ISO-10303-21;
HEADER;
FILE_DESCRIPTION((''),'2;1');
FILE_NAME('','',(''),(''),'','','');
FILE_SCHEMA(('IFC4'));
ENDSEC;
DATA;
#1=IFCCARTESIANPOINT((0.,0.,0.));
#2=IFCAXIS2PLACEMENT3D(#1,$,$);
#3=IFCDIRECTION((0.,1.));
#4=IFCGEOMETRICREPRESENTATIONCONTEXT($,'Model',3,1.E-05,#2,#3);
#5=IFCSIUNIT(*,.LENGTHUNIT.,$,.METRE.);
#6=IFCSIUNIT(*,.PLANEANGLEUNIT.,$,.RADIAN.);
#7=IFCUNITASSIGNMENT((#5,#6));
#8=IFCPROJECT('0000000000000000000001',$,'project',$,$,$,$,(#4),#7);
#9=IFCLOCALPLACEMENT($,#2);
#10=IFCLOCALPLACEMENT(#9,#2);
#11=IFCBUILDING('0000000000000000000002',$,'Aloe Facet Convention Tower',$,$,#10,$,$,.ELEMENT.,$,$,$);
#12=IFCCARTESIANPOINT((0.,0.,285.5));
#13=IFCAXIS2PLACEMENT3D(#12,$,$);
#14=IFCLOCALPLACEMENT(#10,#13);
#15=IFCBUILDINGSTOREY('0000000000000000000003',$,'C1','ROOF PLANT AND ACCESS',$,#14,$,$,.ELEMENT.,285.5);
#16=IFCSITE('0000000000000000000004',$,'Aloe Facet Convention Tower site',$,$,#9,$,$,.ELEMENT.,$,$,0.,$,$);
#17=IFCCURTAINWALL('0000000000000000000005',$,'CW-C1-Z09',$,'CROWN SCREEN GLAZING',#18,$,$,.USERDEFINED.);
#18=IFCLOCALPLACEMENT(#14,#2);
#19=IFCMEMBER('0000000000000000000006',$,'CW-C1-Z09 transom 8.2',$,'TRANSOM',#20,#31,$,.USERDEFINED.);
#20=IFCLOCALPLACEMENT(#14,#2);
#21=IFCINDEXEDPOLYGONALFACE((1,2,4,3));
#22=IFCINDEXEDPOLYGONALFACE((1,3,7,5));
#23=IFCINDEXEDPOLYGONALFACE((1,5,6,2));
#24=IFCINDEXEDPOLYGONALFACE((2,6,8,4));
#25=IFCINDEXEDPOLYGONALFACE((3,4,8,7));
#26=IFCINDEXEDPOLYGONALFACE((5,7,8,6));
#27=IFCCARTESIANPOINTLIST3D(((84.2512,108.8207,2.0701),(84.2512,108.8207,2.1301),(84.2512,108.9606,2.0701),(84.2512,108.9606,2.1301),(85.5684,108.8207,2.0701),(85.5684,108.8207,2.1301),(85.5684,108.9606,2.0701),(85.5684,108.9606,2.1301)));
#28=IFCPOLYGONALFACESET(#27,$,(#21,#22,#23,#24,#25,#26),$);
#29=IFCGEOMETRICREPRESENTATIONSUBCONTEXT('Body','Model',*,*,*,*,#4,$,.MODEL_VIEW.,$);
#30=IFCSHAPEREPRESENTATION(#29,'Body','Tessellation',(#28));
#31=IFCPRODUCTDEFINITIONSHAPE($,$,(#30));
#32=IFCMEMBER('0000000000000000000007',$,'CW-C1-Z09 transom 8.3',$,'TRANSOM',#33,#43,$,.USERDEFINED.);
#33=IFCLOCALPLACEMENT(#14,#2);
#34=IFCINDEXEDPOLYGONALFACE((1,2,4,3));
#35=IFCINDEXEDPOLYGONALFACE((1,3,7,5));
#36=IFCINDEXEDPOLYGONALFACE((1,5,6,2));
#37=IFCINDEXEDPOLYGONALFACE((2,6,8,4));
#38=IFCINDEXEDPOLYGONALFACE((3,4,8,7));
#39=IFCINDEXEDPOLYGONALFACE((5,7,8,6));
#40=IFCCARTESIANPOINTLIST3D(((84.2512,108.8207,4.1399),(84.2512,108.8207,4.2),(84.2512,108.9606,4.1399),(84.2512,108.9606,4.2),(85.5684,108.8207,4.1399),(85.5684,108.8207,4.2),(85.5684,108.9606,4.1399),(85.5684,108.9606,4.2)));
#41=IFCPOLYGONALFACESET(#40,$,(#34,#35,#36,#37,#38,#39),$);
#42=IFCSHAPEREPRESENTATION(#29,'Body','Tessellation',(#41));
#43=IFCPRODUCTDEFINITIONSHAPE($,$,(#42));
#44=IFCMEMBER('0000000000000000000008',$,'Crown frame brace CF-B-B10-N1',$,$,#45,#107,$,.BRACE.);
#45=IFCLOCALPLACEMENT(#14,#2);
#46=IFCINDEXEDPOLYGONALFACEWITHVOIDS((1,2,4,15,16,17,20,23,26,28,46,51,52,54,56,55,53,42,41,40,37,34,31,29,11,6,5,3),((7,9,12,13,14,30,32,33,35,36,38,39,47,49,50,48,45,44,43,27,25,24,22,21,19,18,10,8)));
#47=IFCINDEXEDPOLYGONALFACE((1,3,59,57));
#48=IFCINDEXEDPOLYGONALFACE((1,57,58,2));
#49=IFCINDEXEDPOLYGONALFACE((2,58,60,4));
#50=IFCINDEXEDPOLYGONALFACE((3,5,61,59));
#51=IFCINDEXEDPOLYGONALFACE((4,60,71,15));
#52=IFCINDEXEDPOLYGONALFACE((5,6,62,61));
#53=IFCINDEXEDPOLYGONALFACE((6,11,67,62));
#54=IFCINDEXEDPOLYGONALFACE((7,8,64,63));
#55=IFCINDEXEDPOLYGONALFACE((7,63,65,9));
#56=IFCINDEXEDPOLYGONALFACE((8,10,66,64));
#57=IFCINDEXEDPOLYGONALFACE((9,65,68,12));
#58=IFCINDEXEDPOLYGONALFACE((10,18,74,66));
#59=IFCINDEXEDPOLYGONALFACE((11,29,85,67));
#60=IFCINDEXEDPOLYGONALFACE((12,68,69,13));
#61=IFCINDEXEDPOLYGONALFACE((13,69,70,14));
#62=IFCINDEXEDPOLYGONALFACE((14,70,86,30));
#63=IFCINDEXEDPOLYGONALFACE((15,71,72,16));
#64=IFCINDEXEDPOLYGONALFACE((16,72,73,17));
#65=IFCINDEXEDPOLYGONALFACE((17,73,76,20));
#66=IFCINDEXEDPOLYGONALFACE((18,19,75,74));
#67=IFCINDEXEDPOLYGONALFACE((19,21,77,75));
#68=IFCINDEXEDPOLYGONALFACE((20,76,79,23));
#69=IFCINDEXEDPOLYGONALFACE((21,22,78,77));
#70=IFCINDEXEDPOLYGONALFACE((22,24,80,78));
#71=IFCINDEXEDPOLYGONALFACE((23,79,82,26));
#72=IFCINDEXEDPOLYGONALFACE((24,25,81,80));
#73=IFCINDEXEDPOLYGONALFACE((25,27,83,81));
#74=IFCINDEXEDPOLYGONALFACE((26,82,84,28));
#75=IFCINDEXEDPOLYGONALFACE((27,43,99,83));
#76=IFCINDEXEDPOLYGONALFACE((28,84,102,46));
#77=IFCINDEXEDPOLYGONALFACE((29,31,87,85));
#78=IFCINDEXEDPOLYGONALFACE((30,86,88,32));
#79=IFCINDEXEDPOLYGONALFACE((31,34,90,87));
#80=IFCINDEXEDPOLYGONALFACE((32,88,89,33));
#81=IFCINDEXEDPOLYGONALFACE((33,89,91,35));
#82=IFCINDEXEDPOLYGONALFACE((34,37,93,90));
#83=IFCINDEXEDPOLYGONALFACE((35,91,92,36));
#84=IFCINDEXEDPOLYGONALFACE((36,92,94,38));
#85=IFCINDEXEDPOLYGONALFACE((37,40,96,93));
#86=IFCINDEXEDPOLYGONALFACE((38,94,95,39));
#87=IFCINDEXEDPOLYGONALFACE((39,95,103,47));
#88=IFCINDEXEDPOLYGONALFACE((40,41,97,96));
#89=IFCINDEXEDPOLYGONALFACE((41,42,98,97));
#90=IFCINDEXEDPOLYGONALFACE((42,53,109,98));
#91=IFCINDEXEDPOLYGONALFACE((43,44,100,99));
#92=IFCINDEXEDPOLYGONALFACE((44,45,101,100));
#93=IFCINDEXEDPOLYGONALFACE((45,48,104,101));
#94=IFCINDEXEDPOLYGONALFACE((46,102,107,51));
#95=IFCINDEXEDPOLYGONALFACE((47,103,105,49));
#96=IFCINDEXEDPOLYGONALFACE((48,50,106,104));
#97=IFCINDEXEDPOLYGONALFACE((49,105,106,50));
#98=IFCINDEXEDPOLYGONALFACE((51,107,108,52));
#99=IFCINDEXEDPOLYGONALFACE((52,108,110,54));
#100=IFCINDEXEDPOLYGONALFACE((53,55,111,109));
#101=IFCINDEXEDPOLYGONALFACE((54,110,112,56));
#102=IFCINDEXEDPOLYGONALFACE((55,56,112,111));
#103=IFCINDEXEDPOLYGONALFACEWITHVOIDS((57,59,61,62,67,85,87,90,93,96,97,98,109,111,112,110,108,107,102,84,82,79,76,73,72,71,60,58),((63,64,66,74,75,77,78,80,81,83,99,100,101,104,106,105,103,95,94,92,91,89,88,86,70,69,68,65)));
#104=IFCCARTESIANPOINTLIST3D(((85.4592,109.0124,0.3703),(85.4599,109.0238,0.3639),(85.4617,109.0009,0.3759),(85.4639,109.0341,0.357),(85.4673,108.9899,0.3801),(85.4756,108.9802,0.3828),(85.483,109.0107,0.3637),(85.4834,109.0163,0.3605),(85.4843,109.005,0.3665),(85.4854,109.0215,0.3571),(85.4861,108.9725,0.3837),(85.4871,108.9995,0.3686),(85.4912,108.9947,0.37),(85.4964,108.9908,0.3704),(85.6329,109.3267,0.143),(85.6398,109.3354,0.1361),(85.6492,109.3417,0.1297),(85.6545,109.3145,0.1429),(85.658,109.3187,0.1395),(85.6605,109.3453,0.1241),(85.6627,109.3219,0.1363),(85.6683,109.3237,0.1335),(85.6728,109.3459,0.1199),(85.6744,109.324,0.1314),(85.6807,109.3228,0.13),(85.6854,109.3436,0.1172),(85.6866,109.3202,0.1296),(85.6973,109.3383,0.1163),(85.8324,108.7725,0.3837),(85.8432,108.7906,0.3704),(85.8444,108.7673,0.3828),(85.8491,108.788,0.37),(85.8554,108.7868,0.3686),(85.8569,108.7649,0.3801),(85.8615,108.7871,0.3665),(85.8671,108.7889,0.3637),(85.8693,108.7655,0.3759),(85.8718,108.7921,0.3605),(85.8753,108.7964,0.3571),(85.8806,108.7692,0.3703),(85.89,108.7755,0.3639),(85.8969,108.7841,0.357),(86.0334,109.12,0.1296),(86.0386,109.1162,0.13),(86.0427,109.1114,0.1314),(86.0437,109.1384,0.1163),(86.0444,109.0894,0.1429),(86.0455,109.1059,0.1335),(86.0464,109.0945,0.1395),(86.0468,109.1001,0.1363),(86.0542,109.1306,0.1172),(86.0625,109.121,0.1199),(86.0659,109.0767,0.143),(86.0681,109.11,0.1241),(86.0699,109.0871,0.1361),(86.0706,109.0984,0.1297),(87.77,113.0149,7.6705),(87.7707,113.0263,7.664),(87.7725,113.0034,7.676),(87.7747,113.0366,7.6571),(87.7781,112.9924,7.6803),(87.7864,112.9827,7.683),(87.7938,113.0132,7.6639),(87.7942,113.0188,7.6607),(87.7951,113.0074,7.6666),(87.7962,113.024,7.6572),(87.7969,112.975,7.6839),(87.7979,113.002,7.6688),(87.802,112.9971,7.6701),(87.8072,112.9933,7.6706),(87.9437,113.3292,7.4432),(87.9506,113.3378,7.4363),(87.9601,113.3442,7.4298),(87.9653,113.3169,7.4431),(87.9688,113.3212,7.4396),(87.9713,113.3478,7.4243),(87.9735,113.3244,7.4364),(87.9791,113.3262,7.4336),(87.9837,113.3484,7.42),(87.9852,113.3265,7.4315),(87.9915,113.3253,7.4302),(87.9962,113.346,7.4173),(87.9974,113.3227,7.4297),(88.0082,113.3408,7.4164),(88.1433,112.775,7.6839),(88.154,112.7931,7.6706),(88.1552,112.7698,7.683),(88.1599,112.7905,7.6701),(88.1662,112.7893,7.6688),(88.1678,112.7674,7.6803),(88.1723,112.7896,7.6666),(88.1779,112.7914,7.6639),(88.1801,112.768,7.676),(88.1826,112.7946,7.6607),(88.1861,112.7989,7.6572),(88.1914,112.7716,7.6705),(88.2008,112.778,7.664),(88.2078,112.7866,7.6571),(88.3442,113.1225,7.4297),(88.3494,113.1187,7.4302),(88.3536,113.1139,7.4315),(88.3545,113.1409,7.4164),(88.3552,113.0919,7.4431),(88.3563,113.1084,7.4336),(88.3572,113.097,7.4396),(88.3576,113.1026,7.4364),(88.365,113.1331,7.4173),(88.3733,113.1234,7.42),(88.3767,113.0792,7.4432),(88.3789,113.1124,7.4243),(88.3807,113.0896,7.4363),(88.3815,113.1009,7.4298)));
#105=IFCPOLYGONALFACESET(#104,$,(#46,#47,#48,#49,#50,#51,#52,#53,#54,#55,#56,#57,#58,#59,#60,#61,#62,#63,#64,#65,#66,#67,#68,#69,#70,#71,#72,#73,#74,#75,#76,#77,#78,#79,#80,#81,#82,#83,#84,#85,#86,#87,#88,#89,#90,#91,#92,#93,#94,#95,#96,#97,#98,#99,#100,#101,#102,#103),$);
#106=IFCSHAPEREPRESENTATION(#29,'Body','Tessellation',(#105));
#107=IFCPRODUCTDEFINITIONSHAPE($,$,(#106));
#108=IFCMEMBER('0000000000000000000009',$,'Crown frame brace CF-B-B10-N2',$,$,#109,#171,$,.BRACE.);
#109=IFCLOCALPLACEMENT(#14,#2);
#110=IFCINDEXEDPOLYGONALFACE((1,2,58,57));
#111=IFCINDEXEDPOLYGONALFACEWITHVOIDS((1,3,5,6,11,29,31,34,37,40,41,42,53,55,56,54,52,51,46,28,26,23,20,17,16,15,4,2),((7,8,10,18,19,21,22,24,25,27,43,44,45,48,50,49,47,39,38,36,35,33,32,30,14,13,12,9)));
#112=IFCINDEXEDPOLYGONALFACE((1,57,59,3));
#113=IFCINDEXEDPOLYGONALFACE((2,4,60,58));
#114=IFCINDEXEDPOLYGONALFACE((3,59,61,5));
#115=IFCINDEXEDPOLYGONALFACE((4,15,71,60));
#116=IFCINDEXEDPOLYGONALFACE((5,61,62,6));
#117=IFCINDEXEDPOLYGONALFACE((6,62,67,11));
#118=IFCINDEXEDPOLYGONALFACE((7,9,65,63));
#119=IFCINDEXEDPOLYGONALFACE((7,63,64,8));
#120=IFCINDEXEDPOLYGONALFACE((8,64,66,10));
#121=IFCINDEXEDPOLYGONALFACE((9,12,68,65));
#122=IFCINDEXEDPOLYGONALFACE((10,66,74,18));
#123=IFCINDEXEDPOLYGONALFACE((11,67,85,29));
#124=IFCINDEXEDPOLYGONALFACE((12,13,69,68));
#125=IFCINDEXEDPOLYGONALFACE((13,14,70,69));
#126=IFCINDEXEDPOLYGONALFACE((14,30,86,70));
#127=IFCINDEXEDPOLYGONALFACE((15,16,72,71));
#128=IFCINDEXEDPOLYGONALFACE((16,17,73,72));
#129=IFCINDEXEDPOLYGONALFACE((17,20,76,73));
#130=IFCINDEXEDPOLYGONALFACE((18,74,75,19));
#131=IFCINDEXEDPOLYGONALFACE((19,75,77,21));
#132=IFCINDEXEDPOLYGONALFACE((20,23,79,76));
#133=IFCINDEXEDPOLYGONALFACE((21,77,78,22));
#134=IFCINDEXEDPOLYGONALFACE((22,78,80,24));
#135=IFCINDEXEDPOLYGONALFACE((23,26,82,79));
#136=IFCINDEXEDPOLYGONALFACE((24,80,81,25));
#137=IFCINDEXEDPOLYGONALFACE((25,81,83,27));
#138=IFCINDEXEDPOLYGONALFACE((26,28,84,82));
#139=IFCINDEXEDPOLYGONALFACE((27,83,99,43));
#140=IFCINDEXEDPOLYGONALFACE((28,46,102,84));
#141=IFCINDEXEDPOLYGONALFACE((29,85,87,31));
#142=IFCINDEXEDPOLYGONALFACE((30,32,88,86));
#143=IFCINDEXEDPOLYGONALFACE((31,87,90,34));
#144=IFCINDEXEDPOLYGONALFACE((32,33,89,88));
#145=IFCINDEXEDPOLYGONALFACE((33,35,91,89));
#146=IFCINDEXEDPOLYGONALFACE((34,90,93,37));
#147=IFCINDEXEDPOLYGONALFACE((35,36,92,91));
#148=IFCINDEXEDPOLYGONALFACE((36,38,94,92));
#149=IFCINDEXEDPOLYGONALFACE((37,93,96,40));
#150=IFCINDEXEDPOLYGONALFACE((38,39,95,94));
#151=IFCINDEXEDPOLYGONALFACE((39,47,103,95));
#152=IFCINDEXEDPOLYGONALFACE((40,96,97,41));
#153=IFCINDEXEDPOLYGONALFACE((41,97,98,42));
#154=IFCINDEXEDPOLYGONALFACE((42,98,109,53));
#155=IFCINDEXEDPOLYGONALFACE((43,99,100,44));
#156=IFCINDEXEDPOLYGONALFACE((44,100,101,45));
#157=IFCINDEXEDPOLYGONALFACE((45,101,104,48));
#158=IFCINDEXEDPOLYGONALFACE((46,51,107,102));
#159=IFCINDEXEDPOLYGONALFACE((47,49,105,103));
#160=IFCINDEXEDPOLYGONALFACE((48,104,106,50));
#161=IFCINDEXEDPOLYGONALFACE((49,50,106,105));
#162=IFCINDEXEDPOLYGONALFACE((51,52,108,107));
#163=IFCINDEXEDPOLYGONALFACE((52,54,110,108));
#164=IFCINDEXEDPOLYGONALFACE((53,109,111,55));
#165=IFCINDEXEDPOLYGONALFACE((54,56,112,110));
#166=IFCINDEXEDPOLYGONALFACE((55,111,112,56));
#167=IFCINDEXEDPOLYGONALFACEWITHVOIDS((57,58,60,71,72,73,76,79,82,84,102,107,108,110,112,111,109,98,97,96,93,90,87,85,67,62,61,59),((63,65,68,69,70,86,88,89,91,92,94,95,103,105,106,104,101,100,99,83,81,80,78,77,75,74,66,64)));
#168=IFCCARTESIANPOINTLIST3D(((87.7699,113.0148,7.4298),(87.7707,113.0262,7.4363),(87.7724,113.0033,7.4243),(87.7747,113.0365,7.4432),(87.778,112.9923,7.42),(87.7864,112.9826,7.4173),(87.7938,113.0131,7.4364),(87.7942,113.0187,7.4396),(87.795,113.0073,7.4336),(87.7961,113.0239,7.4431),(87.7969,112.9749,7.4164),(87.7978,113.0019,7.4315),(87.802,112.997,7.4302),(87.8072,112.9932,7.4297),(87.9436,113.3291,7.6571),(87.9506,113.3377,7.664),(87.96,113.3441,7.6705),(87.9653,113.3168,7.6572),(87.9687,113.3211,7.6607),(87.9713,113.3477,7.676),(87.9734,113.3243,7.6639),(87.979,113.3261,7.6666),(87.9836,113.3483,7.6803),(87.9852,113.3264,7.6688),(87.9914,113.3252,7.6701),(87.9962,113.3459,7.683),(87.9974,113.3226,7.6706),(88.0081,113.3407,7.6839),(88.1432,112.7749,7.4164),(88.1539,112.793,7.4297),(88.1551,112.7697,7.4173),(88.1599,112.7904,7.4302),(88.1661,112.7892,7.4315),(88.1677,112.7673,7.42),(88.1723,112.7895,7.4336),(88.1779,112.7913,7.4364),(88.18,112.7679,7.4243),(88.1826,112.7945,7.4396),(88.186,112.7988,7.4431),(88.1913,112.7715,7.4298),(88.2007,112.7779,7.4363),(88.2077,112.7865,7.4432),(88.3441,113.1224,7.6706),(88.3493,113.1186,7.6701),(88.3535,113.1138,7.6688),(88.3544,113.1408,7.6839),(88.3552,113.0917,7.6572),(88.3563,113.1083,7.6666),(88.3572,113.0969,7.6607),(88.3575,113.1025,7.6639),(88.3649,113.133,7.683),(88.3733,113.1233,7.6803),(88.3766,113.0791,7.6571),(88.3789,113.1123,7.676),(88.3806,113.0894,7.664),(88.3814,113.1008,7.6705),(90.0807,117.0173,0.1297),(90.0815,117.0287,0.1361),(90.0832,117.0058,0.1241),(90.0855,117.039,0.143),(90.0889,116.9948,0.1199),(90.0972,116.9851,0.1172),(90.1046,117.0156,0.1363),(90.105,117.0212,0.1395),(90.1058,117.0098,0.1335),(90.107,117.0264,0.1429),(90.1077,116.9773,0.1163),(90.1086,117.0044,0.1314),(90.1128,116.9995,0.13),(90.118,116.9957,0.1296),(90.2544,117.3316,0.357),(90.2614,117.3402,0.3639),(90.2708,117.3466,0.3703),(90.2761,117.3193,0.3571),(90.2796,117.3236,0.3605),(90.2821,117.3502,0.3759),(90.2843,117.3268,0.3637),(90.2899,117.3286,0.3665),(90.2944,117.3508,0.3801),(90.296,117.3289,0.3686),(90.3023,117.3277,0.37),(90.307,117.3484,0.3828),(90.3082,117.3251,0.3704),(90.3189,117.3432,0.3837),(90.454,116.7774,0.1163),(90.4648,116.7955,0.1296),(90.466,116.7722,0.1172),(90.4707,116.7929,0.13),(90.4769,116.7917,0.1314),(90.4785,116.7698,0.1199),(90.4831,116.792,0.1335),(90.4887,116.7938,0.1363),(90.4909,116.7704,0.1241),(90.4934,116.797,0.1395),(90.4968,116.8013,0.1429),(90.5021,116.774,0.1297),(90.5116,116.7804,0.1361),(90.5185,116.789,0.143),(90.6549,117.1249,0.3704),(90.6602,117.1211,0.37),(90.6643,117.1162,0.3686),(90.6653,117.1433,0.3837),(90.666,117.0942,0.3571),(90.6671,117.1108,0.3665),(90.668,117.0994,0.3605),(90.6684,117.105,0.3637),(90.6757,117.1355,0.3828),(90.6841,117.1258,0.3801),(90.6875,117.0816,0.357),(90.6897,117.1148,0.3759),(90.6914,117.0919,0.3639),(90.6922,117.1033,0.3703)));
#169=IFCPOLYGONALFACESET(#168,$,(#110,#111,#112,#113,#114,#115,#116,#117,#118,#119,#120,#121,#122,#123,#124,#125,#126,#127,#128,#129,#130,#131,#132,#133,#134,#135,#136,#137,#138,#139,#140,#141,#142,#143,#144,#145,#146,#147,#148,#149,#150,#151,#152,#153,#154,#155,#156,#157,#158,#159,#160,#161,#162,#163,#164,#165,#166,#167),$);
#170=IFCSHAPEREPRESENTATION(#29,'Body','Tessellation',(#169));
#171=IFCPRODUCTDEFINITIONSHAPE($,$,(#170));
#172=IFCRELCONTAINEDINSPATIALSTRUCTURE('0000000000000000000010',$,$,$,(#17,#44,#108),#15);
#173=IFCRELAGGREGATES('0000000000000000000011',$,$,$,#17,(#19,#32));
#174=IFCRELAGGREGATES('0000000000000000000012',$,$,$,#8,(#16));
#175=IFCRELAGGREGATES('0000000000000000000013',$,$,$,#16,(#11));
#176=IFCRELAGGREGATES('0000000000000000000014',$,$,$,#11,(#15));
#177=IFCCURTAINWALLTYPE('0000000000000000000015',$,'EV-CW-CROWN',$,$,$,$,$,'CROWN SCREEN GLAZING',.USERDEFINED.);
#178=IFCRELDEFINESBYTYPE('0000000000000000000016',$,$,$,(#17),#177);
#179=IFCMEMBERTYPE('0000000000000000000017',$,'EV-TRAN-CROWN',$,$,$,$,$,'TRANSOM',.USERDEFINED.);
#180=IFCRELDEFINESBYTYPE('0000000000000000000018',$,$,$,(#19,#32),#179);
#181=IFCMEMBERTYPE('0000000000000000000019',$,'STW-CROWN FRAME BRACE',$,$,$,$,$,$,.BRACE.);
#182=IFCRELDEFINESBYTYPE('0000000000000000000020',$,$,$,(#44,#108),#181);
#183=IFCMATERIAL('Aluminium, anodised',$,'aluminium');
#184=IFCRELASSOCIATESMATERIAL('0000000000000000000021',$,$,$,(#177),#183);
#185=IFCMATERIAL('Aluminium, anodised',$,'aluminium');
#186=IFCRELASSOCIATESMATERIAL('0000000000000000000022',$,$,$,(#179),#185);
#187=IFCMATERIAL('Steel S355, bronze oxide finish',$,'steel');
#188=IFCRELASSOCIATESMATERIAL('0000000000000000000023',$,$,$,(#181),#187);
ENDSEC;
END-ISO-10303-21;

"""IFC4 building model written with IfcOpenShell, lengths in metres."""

from ifc_helpers import new_model, si_unit, direction, frame, origin, origin_2d, place, context, subcontext, project, spatial, rectangle, hollow_rectangle, extrude, material, material_profile, profile_set, type_object, element, aggregate, save


model = new_model("IFC4")

# Units and contexts
model_context = context("Model", 3, precision=1e-05, world=origin(), true_north=direction((0.0, 1.0)))
body_context = subcontext(model_context, "Body", "Model", "MODEL_VIEW")
ifc_project = project(units=[si_unit("LENGTHUNIT", "METRE"), si_unit("PLANEANGLEUNIT", "RADIAN")], contexts=[model_context])

# Site, building, storey
site_placement = place(None, origin())
site = spatial("IfcSite", under=ifc_project, at=site_placement, Name="Aloe Facet Convention Tower site", CompositionType="ELEMENT", RefElevation=0.0)
building_placement = place(site_placement, origin())
building = spatial("IfcBuilding", under=site, at=building_placement, Name="Aloe Facet Convention Tower", CompositionType="ELEMENT")
storey_placement = place(building_placement, frame((0.0, 0.0, 285.5)))
storey = spatial("IfcBuildingStorey", under=building, at=storey_placement, Name="C1", Description="ROOF PLANT AND ACCESS", CompositionType="ELEMENT", Elevation=285.5)

# Curtain wall, members
ifc_material_1 = material(Name="Aluminium, anodised", Category="aluminium")
curtain_wall_type = type_object("IfcCurtainWallType", Name="EV-CW-CROWN", ElementType="CROWN SCREEN GLAZING", PredefinedType="USERDEFINED", material=ifc_material_1)
curtain_wall_placement = place(storey_placement, origin())
curtain_wall = element("IfcCurtainWall", 1, at=curtain_wall_placement, inside=storey, type_object=curtain_wall_type, Name="CW-C1-Z09", ObjectType="CROWN SCREEN GLAZING", PredefinedType="USERDEFINED")
ifc_material_2 = material(Name="Aluminium, anodised", Category="aluminium")
ifc_material_profile_1 = material_profile(ifc_material_2, rectangle(XDim=0.1399, YDim=0.0601, at=origin_2d()), Name="AL 140x60")
ifc_profile_set_1 = profile_set([ifc_material_profile_1], Name="Aluminium, anodised")
member_type_1 = type_object("IfcMemberType", Name="EV-TRAN-CROWN", ElementType="TRANSOM", PredefinedType="USERDEFINED", material=ifc_profile_set_1)
member_1_placement = place(storey_placement, frame((84.2512, 108.8906, 2.1001), z_axis=(1.0, 0.0, 0.0), x_axis=(0.0, 1.0, 0.0)))
member_1 = element("IfcMember", 2, at=member_1_placement, type_object=member_type_1, Name="CW-C1-Z09 transom 8.2", ObjectType="TRANSOM", PredefinedType="USERDEFINED", context=body_context, shape_type="SweptSolid", body=[
    extrude(rectangle(XDim=0.1399, YDim=0.0601, at=origin_2d()), origin(), (0.0, 0.0, 1.0), 1.3171),
])
member_2_placement = place(storey_placement, frame((84.2512, 108.8906, 4.1699), z_axis=(1.0, 0.0, 0.0), x_axis=(0.0, 1.0, 0.0)))
member_2 = element("IfcMember", 3, at=member_2_placement, type_object=member_type_1, Name="CW-C1-Z09 transom 8.3", ObjectType="TRANSOM", PredefinedType="USERDEFINED", context=body_context, shape_type="SweptSolid", body=[
    extrude(rectangle(XDim=0.1399, YDim=0.0601, at=origin_2d()), origin(), (0.0, 0.0, 1.0), 1.3171),
])

# Members
ifc_material_3 = material(Name="Steel S355, bronze oxide finish", Category="steel")
ifc_material_profile_2 = material_profile(ifc_material_3, hollow_rectangle(XDim=0.5, YDim=0.5, WallThickness=0.0249, InnerFilletRadius=0.0249, OuterFilletRadius=0.05, at=origin_2d()), Name="SHS 500x500x25")
ifc_profile_set_2 = profile_set([ifc_material_profile_2], Name="Steel S355, bronze oxide finish")
member_type_2 = type_object("IfcMemberType", Name="STW-CROWN FRAME BRACE", PredefinedType="BRACE", material=ifc_profile_set_2)
for number, where, z_axis, x_axis, name in (
    (4, (85.7649, 109.0554, 0.25), (0.267452, 0.463244, 0.844911), (-0.866027, 0.499997, 0.0), "Crown frame brace CF-B-B10-N1"),
    (5, (90.3865, 117.0603, 0.25), (-0.267452, -0.463244, 0.844911), (0.866027, -0.499997, 0.0), "Crown frame brace CF-B-B10-N2"),
):
    element("IfcMember", number, at=place(storey_placement, frame(where, z_axis=z_axis, x_axis=x_axis)), inside=storey, type_object=member_type_2, Name=name, PredefinedType="BRACE", context=body_context, shape_type="SweptSolid", body=[
        extrude(hollow_rectangle(XDim=0.5, YDim=0.5, WallThickness=0.0249, InnerFilletRadius=0.0249, OuterFilletRadius=0.05, at=origin_2d()), origin(), (0.0, 0.0, 1.0), 8.6401),
    ])

aggregate(curtain_wall, [member_1, member_2])

save(model, "model.ifc")
